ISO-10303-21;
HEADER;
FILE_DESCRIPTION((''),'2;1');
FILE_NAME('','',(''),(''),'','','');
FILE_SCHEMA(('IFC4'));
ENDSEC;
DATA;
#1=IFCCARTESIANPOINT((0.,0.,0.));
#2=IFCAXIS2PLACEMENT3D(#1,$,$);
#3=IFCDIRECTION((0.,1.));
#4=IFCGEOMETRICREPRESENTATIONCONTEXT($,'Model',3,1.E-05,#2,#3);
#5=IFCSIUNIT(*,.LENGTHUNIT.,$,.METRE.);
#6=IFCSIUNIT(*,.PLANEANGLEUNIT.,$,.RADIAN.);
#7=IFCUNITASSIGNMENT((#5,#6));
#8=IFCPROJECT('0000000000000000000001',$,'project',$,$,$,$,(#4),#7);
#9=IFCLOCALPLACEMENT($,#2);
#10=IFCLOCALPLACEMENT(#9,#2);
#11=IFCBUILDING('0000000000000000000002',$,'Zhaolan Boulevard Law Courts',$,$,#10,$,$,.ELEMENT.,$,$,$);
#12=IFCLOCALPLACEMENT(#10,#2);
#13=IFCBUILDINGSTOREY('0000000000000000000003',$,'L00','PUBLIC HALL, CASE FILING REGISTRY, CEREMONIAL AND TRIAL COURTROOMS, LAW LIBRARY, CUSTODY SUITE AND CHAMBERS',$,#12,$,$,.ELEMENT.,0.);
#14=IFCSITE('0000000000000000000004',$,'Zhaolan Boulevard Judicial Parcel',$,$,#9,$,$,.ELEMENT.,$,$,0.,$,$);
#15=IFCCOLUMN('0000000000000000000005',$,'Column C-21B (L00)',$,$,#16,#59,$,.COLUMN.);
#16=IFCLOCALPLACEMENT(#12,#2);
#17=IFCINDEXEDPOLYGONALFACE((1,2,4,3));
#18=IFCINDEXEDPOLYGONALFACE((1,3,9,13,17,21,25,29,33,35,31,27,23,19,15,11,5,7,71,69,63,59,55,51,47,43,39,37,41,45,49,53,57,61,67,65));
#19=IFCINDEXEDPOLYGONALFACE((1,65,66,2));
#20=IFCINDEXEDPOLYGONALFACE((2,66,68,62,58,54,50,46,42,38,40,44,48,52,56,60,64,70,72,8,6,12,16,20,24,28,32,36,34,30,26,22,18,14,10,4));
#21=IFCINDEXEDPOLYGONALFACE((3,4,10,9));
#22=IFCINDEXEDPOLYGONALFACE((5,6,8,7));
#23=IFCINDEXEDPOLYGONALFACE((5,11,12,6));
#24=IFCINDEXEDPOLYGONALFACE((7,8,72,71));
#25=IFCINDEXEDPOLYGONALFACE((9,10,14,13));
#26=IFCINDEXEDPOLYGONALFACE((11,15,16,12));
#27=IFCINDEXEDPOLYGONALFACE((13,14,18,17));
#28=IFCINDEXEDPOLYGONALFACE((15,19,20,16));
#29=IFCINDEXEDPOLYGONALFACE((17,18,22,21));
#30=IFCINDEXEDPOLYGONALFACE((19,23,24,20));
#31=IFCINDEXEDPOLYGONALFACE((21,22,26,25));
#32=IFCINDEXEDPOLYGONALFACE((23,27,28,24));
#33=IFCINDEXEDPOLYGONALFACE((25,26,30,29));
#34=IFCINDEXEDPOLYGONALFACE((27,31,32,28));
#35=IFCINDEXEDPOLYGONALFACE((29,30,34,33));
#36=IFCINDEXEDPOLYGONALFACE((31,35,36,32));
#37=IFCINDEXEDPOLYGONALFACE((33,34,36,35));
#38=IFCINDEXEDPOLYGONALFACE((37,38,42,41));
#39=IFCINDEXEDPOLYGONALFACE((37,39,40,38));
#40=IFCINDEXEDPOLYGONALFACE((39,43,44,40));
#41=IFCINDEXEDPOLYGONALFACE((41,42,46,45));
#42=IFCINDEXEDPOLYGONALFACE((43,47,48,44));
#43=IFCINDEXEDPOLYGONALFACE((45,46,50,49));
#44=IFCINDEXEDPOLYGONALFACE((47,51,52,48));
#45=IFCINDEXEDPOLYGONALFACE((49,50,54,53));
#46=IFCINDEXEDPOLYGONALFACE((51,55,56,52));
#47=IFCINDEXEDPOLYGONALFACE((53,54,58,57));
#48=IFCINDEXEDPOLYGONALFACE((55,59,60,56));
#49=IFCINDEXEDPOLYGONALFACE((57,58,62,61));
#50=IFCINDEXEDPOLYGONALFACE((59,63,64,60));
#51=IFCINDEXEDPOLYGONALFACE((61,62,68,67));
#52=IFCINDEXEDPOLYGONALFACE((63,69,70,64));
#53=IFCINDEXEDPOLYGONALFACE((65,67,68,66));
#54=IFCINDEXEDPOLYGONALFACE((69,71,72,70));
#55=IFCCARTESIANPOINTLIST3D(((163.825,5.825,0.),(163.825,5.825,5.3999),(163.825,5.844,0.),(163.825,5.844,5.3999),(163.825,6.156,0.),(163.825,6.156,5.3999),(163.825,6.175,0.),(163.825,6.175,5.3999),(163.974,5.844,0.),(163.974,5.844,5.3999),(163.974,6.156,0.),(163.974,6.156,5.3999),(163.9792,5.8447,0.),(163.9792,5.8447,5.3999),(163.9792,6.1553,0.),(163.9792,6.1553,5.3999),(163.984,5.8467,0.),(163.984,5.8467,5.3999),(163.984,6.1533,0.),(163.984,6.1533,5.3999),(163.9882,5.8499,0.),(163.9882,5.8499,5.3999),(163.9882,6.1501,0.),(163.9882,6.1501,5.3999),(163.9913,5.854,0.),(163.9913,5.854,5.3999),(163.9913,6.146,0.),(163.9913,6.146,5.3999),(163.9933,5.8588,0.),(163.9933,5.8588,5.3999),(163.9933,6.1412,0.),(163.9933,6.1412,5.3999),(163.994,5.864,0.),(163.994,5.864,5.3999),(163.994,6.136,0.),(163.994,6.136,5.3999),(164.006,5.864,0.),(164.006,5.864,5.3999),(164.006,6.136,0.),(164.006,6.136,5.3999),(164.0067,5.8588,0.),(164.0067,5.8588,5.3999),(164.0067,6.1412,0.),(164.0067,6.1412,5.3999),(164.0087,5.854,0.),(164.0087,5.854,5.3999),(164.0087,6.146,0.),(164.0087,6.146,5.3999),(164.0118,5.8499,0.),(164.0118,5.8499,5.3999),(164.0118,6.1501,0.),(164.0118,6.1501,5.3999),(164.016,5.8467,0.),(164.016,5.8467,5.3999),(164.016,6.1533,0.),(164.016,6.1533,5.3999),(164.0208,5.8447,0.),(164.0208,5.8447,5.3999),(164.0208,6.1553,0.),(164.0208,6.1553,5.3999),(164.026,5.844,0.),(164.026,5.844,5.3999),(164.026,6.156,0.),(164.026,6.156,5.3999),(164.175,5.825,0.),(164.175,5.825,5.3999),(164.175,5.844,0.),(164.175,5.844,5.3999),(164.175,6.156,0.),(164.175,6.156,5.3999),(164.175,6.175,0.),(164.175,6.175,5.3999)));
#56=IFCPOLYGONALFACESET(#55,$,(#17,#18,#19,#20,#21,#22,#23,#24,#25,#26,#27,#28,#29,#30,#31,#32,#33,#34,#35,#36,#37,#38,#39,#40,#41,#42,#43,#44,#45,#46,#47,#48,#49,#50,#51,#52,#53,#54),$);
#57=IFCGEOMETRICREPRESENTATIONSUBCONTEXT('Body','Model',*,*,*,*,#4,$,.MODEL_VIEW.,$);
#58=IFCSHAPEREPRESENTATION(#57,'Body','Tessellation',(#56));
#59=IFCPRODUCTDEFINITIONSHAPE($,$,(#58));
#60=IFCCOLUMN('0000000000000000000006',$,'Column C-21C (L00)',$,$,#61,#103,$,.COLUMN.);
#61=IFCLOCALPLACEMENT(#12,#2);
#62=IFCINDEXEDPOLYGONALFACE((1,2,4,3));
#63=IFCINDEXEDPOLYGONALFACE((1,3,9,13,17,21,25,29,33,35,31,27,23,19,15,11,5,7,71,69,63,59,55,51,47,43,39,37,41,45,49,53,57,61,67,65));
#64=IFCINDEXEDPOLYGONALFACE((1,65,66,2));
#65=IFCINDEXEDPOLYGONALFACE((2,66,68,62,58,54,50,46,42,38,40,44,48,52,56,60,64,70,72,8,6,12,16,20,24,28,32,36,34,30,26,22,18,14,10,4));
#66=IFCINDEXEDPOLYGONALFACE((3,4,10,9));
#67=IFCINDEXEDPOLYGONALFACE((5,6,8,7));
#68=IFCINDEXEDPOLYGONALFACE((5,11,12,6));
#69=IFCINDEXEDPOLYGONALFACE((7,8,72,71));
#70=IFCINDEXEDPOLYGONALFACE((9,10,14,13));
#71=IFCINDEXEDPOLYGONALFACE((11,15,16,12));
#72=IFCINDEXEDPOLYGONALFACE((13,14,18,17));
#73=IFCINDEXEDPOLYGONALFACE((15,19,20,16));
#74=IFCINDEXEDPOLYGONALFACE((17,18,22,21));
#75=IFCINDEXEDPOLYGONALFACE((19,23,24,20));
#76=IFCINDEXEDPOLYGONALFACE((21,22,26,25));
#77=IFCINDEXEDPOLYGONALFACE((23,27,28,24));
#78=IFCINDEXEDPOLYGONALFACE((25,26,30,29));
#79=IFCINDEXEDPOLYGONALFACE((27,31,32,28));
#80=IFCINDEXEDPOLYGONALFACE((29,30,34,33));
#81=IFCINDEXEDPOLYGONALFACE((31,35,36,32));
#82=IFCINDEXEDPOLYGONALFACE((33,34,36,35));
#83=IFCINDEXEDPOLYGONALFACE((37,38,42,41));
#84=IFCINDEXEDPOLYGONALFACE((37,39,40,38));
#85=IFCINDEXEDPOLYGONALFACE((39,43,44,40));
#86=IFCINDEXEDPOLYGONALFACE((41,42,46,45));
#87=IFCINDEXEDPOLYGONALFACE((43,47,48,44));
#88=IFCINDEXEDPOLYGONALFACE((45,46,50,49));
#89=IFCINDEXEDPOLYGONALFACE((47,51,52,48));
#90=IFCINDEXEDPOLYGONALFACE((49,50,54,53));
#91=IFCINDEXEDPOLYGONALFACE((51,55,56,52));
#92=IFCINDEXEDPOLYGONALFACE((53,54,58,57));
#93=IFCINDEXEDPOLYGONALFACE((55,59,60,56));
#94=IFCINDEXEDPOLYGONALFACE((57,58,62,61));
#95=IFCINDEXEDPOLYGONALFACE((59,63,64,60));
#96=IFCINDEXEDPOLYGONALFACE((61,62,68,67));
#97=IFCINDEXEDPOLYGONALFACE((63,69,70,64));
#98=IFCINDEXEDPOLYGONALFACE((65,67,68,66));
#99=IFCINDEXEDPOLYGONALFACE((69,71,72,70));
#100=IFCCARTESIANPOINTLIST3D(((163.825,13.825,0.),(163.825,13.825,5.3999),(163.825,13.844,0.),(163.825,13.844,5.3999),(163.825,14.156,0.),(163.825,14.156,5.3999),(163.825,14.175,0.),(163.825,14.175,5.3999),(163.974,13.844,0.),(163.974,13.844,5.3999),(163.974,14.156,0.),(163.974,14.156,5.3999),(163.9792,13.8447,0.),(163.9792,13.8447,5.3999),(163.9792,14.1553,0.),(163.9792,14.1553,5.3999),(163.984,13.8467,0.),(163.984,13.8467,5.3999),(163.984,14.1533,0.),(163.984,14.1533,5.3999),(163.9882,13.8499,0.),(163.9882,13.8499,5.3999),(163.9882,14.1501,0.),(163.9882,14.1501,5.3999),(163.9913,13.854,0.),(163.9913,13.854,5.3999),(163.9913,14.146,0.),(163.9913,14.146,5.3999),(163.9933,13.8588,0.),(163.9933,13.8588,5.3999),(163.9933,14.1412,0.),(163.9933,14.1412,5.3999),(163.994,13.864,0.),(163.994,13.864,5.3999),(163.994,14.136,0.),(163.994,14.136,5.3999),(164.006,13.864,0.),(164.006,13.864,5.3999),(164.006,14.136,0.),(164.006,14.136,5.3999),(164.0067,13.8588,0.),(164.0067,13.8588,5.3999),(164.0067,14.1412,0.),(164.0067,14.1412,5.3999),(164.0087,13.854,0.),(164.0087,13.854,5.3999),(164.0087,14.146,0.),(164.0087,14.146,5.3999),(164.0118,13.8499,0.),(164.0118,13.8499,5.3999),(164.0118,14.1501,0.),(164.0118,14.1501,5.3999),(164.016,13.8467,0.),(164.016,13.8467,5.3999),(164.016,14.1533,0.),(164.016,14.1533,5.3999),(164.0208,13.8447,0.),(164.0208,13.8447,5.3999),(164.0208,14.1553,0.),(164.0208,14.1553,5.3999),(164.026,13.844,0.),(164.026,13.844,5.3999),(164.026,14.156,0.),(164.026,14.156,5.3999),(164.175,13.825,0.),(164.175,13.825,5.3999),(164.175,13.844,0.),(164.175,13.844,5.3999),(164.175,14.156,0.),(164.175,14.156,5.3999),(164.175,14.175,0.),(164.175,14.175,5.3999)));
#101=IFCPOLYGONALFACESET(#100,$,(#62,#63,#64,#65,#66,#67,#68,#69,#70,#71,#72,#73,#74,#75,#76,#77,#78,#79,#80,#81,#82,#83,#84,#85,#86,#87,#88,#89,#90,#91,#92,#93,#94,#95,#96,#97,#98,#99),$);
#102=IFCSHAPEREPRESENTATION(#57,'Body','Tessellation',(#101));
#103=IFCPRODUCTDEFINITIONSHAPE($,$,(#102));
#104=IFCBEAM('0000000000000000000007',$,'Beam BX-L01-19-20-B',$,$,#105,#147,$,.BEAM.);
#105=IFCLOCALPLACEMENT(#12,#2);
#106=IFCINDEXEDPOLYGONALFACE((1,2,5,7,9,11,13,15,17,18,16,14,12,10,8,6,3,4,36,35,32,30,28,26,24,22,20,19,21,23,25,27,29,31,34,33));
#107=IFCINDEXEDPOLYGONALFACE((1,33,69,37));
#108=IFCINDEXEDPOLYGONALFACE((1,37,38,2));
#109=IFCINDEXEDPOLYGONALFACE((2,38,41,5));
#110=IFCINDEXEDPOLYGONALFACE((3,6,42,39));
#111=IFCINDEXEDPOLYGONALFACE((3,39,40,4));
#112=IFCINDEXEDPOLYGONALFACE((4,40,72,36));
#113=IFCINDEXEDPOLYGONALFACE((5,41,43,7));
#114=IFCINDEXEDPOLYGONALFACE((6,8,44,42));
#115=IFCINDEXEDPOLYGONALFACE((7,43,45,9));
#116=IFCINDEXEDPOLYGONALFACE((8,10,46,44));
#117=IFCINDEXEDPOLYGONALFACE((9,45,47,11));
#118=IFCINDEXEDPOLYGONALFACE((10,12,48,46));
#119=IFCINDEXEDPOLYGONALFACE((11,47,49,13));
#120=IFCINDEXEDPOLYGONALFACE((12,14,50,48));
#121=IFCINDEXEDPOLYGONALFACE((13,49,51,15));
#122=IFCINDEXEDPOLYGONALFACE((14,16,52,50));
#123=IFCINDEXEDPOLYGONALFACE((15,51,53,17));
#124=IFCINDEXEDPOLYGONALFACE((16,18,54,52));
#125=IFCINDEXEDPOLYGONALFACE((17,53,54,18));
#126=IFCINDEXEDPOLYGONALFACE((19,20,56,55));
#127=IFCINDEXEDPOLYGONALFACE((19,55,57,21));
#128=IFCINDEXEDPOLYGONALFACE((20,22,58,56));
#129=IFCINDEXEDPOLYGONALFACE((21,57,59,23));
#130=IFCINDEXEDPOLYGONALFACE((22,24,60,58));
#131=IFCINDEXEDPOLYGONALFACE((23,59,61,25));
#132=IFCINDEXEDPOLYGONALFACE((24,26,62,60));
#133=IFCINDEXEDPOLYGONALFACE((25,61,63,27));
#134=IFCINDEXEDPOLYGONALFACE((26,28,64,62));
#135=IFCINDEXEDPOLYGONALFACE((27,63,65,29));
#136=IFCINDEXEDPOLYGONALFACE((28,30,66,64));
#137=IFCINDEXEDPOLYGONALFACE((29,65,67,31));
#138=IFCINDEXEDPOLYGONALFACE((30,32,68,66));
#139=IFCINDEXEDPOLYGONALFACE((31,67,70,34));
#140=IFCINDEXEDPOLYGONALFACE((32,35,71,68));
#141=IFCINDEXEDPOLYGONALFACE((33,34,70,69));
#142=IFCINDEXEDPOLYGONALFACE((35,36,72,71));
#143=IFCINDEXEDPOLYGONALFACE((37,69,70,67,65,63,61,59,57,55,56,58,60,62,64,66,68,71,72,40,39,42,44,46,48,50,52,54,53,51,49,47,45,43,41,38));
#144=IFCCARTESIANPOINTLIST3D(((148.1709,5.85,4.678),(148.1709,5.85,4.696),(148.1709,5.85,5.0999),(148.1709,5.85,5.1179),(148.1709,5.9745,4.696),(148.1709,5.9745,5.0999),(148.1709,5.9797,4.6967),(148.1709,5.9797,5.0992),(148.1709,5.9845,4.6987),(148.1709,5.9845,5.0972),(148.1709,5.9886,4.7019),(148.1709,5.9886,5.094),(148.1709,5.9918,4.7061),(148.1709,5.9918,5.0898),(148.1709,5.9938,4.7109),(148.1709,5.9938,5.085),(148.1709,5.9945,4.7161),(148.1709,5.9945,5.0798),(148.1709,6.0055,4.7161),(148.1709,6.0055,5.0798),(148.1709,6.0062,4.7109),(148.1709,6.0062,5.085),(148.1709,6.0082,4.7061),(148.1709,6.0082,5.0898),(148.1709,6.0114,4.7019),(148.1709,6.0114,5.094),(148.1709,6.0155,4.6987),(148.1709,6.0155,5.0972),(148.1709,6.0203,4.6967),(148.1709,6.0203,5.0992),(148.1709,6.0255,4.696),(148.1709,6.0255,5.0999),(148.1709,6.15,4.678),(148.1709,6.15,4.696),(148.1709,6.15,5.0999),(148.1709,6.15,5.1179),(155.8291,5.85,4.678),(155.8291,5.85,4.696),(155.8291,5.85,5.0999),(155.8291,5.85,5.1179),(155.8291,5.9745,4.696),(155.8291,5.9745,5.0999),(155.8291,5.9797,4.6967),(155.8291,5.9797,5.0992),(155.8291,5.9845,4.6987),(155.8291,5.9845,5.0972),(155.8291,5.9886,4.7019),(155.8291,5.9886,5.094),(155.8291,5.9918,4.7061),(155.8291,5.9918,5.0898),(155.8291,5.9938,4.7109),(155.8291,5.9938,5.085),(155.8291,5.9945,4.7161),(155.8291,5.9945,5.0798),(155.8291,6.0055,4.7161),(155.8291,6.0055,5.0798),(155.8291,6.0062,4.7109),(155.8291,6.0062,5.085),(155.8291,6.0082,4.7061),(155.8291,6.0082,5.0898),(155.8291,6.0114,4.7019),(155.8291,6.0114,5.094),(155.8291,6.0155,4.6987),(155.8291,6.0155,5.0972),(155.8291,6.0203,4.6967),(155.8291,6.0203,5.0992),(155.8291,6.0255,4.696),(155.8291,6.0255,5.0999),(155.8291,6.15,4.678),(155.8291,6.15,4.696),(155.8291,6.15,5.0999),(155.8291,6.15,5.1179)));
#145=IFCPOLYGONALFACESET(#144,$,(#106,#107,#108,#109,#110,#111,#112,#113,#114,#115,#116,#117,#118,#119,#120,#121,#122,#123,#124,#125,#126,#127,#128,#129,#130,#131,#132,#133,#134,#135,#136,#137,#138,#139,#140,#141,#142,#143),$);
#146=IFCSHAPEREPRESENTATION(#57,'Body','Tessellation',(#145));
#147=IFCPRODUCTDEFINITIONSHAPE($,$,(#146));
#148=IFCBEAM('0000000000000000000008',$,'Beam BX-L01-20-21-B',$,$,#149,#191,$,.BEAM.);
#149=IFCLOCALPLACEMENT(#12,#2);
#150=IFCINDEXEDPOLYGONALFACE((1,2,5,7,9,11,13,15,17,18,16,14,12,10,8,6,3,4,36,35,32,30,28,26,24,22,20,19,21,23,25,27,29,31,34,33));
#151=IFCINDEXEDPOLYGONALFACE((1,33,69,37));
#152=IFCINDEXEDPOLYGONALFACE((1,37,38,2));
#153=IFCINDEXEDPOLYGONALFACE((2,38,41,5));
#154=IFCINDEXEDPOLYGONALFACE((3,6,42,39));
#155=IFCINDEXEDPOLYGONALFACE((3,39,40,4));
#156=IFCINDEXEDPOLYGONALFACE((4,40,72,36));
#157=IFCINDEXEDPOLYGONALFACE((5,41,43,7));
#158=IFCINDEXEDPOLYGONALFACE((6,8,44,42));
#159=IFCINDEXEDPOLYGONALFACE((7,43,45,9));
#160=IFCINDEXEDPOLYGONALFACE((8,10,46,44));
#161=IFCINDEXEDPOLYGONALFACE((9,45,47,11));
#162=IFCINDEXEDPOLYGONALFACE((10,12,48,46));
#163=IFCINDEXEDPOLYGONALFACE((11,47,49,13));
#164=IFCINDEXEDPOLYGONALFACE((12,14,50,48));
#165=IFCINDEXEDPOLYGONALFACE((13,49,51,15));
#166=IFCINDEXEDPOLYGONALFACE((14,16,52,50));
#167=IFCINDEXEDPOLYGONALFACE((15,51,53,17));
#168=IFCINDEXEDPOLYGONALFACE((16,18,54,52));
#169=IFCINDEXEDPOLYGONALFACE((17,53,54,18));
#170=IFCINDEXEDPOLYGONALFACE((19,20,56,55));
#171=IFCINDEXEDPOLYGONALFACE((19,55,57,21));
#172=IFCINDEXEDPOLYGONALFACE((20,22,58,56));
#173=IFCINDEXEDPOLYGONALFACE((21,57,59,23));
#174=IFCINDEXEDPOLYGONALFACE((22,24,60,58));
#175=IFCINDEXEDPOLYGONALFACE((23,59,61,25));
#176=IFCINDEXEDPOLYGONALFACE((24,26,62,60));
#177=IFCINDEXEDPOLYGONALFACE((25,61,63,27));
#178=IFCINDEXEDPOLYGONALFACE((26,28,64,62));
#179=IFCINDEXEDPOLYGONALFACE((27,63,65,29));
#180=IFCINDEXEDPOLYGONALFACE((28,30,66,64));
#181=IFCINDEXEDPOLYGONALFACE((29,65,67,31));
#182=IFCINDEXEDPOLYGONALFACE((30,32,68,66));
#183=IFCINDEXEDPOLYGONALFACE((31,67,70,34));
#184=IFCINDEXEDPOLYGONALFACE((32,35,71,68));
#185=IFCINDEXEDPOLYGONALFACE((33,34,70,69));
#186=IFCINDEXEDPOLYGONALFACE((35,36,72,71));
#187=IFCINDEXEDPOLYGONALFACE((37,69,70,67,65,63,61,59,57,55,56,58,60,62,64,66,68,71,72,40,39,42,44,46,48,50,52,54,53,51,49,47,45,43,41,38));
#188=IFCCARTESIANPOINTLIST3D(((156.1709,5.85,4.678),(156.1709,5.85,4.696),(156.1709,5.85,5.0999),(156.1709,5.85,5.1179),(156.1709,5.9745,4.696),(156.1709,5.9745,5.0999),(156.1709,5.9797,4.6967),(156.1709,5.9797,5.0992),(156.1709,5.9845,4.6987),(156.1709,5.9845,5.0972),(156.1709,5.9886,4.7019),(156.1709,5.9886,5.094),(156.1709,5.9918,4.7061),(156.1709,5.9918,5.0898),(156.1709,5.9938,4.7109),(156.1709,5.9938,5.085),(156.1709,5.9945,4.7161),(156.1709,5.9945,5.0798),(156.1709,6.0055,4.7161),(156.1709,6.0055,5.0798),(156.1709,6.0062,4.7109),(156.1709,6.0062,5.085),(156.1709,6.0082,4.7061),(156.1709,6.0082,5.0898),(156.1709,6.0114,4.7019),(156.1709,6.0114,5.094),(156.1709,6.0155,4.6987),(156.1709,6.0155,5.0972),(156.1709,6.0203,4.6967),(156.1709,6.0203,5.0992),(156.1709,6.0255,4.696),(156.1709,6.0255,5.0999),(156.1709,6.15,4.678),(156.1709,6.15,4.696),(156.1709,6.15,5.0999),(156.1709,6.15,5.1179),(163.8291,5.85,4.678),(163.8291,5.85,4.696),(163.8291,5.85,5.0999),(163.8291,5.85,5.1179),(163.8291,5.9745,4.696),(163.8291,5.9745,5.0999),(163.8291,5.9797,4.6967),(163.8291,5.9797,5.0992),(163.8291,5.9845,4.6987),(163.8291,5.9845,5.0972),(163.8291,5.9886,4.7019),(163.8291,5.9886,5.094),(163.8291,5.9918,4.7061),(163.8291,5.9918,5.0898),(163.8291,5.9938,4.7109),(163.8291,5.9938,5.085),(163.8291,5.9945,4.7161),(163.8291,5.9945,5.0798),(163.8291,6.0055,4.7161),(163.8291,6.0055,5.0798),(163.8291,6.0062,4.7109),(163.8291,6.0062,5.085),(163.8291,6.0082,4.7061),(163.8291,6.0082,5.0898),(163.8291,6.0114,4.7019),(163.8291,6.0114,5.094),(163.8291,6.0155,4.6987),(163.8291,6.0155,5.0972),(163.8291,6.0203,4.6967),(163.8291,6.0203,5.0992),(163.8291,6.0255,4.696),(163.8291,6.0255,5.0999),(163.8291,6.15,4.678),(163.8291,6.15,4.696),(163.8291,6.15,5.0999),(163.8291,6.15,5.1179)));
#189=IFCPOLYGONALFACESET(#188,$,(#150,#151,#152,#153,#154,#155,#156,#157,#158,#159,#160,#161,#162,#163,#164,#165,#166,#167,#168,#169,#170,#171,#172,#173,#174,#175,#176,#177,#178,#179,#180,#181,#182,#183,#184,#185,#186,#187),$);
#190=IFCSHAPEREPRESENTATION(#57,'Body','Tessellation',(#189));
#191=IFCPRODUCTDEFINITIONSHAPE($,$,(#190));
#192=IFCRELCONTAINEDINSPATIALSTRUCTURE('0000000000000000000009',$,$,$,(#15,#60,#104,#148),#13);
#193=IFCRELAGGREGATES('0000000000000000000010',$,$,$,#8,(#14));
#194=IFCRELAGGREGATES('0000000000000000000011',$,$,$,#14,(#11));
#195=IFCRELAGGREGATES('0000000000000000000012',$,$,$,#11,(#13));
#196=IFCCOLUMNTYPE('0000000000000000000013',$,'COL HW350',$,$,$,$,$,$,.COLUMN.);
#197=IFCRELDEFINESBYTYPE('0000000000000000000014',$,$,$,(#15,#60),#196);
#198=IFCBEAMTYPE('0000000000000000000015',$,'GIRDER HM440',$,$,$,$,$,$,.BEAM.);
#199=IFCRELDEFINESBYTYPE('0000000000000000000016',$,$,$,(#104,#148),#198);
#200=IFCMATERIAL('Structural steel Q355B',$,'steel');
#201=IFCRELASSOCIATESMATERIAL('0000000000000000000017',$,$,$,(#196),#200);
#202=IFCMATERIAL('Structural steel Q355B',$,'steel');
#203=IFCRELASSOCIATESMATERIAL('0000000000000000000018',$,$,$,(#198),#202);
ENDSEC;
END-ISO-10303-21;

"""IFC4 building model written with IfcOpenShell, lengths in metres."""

from ifc_helpers import new_model, si_unit, direction, frame, origin, origin_2d, place, context, subcontext, project, spatial, i_section, extrude, material, material_profile, profile_set, type_object, element, save


model = new_model("IFC4")

# Units and contexts
model_context = context("Model", 3, precision=1e-05, world=origin(), true_north=direction((0.0, 1.0)))
body_context = subcontext(model_context, "Body", "Model", "MODEL_VIEW")
ifc_project = project(units=[si_unit("LENGTHUNIT", "METRE"), si_unit("PLANEANGLEUNIT", "RADIAN")], contexts=[model_context])

# Site, building, storey
site_placement = place(None, origin())
site = spatial("IfcSite", under=ifc_project, at=site_placement, Name="Zhaolan Boulevard Judicial Parcel", CompositionType="ELEMENT", RefElevation=0.0)
building_placement = place(site_placement, origin())
building = spatial("IfcBuilding", under=site, at=building_placement, Name="Zhaolan Boulevard Law Courts", CompositionType="ELEMENT")
storey_placement = place(building_placement, origin())
storey = spatial("IfcBuildingStorey", under=building, at=storey_placement, Name="L00", Description="PUBLIC HALL, CASE FILING REGISTRY, CEREMONIAL AND TRIAL COURTROOMS, LAW LIBRARY, CUSTODY SUITE AND CHAMBERS", CompositionType="ELEMENT", Elevation=0.0)

# Columns
ifc_material_1 = material(Name="Structural steel Q355B", Category="steel")
ifc_material_profile_1 = material_profile(ifc_material_1, i_section(OverallWidth=0.3501, OverallDepth=0.3501, WebThickness=0.012, FlangeThickness=0.019, FilletRadius=0.02, at=origin_2d()), Name="HW350x350")
ifc_profile_set_1 = profile_set([ifc_material_profile_1], Name="Structural steel Q355B")
column_type = type_object("IfcColumnType", Name="COL HW350", PredefinedType="COLUMN", material=ifc_profile_set_1)
for number, where, z_axis, x_axis, name in (
    (1, (164.0, 6.0, 0.0), (0.0, 0.0, 1.0), (1.0, 0.0, 0.0), "Column C-21B (L00)"),
    (2, (164.0, 14.0, 0.0), (0.0, 0.0, 1.0), (1.0, 0.0, 0.0), "Column C-21C (L00)"),
):
    element("IfcColumn", number, at=place(storey_placement, frame(where, z_axis=z_axis, x_axis=x_axis)), inside=storey, type_object=column_type, Name=name, PredefinedType="COLUMN", context=body_context, shape_type="SweptSolid", body=[
        extrude(i_section(OverallWidth=0.3501, OverallDepth=0.3501, WebThickness=0.012, FlangeThickness=0.019, FilletRadius=0.02, at=origin_2d()), origin(), (0.0, 0.0, 1.0), 5.3999),
    ])

# Beams
ifc_material_2 = material(Name="Structural steel Q355B", Category="steel")
ifc_material_profile_2 = material_profile(ifc_material_2, i_section(OverallWidth=0.3, OverallDepth=0.4399, WebThickness=0.011, FlangeThickness=0.0181, FilletRadius=0.02, at=origin_2d()), Name="HM440x300")
ifc_profile_set_2 = profile_set([ifc_material_profile_2], Name="Structural steel Q355B")
beam_type_1 = type_object("IfcBeamType", Name="GIRDER HM440", PredefinedType="BEAM", material=ifc_profile_set_2)
for number, where, z_axis, x_axis, name in (
    (3, (148.1709, 6.0, 4.8979), (1.0, 0.0, 0.0), (0.0, 1.0, 0.0), "Beam BX-L01-19-20-B"),
    (4, (156.1709, 6.0, 4.8979), (1.0, 0.0, 0.0), (0.0, 1.0, 0.0), "Beam BX-L01-20-21-B"),
):
    element("IfcBeam", number, at=place(storey_placement, frame(where, z_axis=z_axis, x_axis=x_axis)), inside=storey, type_object=beam_type_1, Name=name, PredefinedType="BEAM", context=body_context, shape_type="SweptSolid", body=[
        extrude(i_section(OverallWidth=0.3, OverallDepth=0.4399, WebThickness=0.011, FlangeThickness=0.0181, FilletRadius=0.02, at=origin_2d()), origin(), (0.0, 0.0, 1.0), 7.6582),
    ])

save(model, "model.ifc")
